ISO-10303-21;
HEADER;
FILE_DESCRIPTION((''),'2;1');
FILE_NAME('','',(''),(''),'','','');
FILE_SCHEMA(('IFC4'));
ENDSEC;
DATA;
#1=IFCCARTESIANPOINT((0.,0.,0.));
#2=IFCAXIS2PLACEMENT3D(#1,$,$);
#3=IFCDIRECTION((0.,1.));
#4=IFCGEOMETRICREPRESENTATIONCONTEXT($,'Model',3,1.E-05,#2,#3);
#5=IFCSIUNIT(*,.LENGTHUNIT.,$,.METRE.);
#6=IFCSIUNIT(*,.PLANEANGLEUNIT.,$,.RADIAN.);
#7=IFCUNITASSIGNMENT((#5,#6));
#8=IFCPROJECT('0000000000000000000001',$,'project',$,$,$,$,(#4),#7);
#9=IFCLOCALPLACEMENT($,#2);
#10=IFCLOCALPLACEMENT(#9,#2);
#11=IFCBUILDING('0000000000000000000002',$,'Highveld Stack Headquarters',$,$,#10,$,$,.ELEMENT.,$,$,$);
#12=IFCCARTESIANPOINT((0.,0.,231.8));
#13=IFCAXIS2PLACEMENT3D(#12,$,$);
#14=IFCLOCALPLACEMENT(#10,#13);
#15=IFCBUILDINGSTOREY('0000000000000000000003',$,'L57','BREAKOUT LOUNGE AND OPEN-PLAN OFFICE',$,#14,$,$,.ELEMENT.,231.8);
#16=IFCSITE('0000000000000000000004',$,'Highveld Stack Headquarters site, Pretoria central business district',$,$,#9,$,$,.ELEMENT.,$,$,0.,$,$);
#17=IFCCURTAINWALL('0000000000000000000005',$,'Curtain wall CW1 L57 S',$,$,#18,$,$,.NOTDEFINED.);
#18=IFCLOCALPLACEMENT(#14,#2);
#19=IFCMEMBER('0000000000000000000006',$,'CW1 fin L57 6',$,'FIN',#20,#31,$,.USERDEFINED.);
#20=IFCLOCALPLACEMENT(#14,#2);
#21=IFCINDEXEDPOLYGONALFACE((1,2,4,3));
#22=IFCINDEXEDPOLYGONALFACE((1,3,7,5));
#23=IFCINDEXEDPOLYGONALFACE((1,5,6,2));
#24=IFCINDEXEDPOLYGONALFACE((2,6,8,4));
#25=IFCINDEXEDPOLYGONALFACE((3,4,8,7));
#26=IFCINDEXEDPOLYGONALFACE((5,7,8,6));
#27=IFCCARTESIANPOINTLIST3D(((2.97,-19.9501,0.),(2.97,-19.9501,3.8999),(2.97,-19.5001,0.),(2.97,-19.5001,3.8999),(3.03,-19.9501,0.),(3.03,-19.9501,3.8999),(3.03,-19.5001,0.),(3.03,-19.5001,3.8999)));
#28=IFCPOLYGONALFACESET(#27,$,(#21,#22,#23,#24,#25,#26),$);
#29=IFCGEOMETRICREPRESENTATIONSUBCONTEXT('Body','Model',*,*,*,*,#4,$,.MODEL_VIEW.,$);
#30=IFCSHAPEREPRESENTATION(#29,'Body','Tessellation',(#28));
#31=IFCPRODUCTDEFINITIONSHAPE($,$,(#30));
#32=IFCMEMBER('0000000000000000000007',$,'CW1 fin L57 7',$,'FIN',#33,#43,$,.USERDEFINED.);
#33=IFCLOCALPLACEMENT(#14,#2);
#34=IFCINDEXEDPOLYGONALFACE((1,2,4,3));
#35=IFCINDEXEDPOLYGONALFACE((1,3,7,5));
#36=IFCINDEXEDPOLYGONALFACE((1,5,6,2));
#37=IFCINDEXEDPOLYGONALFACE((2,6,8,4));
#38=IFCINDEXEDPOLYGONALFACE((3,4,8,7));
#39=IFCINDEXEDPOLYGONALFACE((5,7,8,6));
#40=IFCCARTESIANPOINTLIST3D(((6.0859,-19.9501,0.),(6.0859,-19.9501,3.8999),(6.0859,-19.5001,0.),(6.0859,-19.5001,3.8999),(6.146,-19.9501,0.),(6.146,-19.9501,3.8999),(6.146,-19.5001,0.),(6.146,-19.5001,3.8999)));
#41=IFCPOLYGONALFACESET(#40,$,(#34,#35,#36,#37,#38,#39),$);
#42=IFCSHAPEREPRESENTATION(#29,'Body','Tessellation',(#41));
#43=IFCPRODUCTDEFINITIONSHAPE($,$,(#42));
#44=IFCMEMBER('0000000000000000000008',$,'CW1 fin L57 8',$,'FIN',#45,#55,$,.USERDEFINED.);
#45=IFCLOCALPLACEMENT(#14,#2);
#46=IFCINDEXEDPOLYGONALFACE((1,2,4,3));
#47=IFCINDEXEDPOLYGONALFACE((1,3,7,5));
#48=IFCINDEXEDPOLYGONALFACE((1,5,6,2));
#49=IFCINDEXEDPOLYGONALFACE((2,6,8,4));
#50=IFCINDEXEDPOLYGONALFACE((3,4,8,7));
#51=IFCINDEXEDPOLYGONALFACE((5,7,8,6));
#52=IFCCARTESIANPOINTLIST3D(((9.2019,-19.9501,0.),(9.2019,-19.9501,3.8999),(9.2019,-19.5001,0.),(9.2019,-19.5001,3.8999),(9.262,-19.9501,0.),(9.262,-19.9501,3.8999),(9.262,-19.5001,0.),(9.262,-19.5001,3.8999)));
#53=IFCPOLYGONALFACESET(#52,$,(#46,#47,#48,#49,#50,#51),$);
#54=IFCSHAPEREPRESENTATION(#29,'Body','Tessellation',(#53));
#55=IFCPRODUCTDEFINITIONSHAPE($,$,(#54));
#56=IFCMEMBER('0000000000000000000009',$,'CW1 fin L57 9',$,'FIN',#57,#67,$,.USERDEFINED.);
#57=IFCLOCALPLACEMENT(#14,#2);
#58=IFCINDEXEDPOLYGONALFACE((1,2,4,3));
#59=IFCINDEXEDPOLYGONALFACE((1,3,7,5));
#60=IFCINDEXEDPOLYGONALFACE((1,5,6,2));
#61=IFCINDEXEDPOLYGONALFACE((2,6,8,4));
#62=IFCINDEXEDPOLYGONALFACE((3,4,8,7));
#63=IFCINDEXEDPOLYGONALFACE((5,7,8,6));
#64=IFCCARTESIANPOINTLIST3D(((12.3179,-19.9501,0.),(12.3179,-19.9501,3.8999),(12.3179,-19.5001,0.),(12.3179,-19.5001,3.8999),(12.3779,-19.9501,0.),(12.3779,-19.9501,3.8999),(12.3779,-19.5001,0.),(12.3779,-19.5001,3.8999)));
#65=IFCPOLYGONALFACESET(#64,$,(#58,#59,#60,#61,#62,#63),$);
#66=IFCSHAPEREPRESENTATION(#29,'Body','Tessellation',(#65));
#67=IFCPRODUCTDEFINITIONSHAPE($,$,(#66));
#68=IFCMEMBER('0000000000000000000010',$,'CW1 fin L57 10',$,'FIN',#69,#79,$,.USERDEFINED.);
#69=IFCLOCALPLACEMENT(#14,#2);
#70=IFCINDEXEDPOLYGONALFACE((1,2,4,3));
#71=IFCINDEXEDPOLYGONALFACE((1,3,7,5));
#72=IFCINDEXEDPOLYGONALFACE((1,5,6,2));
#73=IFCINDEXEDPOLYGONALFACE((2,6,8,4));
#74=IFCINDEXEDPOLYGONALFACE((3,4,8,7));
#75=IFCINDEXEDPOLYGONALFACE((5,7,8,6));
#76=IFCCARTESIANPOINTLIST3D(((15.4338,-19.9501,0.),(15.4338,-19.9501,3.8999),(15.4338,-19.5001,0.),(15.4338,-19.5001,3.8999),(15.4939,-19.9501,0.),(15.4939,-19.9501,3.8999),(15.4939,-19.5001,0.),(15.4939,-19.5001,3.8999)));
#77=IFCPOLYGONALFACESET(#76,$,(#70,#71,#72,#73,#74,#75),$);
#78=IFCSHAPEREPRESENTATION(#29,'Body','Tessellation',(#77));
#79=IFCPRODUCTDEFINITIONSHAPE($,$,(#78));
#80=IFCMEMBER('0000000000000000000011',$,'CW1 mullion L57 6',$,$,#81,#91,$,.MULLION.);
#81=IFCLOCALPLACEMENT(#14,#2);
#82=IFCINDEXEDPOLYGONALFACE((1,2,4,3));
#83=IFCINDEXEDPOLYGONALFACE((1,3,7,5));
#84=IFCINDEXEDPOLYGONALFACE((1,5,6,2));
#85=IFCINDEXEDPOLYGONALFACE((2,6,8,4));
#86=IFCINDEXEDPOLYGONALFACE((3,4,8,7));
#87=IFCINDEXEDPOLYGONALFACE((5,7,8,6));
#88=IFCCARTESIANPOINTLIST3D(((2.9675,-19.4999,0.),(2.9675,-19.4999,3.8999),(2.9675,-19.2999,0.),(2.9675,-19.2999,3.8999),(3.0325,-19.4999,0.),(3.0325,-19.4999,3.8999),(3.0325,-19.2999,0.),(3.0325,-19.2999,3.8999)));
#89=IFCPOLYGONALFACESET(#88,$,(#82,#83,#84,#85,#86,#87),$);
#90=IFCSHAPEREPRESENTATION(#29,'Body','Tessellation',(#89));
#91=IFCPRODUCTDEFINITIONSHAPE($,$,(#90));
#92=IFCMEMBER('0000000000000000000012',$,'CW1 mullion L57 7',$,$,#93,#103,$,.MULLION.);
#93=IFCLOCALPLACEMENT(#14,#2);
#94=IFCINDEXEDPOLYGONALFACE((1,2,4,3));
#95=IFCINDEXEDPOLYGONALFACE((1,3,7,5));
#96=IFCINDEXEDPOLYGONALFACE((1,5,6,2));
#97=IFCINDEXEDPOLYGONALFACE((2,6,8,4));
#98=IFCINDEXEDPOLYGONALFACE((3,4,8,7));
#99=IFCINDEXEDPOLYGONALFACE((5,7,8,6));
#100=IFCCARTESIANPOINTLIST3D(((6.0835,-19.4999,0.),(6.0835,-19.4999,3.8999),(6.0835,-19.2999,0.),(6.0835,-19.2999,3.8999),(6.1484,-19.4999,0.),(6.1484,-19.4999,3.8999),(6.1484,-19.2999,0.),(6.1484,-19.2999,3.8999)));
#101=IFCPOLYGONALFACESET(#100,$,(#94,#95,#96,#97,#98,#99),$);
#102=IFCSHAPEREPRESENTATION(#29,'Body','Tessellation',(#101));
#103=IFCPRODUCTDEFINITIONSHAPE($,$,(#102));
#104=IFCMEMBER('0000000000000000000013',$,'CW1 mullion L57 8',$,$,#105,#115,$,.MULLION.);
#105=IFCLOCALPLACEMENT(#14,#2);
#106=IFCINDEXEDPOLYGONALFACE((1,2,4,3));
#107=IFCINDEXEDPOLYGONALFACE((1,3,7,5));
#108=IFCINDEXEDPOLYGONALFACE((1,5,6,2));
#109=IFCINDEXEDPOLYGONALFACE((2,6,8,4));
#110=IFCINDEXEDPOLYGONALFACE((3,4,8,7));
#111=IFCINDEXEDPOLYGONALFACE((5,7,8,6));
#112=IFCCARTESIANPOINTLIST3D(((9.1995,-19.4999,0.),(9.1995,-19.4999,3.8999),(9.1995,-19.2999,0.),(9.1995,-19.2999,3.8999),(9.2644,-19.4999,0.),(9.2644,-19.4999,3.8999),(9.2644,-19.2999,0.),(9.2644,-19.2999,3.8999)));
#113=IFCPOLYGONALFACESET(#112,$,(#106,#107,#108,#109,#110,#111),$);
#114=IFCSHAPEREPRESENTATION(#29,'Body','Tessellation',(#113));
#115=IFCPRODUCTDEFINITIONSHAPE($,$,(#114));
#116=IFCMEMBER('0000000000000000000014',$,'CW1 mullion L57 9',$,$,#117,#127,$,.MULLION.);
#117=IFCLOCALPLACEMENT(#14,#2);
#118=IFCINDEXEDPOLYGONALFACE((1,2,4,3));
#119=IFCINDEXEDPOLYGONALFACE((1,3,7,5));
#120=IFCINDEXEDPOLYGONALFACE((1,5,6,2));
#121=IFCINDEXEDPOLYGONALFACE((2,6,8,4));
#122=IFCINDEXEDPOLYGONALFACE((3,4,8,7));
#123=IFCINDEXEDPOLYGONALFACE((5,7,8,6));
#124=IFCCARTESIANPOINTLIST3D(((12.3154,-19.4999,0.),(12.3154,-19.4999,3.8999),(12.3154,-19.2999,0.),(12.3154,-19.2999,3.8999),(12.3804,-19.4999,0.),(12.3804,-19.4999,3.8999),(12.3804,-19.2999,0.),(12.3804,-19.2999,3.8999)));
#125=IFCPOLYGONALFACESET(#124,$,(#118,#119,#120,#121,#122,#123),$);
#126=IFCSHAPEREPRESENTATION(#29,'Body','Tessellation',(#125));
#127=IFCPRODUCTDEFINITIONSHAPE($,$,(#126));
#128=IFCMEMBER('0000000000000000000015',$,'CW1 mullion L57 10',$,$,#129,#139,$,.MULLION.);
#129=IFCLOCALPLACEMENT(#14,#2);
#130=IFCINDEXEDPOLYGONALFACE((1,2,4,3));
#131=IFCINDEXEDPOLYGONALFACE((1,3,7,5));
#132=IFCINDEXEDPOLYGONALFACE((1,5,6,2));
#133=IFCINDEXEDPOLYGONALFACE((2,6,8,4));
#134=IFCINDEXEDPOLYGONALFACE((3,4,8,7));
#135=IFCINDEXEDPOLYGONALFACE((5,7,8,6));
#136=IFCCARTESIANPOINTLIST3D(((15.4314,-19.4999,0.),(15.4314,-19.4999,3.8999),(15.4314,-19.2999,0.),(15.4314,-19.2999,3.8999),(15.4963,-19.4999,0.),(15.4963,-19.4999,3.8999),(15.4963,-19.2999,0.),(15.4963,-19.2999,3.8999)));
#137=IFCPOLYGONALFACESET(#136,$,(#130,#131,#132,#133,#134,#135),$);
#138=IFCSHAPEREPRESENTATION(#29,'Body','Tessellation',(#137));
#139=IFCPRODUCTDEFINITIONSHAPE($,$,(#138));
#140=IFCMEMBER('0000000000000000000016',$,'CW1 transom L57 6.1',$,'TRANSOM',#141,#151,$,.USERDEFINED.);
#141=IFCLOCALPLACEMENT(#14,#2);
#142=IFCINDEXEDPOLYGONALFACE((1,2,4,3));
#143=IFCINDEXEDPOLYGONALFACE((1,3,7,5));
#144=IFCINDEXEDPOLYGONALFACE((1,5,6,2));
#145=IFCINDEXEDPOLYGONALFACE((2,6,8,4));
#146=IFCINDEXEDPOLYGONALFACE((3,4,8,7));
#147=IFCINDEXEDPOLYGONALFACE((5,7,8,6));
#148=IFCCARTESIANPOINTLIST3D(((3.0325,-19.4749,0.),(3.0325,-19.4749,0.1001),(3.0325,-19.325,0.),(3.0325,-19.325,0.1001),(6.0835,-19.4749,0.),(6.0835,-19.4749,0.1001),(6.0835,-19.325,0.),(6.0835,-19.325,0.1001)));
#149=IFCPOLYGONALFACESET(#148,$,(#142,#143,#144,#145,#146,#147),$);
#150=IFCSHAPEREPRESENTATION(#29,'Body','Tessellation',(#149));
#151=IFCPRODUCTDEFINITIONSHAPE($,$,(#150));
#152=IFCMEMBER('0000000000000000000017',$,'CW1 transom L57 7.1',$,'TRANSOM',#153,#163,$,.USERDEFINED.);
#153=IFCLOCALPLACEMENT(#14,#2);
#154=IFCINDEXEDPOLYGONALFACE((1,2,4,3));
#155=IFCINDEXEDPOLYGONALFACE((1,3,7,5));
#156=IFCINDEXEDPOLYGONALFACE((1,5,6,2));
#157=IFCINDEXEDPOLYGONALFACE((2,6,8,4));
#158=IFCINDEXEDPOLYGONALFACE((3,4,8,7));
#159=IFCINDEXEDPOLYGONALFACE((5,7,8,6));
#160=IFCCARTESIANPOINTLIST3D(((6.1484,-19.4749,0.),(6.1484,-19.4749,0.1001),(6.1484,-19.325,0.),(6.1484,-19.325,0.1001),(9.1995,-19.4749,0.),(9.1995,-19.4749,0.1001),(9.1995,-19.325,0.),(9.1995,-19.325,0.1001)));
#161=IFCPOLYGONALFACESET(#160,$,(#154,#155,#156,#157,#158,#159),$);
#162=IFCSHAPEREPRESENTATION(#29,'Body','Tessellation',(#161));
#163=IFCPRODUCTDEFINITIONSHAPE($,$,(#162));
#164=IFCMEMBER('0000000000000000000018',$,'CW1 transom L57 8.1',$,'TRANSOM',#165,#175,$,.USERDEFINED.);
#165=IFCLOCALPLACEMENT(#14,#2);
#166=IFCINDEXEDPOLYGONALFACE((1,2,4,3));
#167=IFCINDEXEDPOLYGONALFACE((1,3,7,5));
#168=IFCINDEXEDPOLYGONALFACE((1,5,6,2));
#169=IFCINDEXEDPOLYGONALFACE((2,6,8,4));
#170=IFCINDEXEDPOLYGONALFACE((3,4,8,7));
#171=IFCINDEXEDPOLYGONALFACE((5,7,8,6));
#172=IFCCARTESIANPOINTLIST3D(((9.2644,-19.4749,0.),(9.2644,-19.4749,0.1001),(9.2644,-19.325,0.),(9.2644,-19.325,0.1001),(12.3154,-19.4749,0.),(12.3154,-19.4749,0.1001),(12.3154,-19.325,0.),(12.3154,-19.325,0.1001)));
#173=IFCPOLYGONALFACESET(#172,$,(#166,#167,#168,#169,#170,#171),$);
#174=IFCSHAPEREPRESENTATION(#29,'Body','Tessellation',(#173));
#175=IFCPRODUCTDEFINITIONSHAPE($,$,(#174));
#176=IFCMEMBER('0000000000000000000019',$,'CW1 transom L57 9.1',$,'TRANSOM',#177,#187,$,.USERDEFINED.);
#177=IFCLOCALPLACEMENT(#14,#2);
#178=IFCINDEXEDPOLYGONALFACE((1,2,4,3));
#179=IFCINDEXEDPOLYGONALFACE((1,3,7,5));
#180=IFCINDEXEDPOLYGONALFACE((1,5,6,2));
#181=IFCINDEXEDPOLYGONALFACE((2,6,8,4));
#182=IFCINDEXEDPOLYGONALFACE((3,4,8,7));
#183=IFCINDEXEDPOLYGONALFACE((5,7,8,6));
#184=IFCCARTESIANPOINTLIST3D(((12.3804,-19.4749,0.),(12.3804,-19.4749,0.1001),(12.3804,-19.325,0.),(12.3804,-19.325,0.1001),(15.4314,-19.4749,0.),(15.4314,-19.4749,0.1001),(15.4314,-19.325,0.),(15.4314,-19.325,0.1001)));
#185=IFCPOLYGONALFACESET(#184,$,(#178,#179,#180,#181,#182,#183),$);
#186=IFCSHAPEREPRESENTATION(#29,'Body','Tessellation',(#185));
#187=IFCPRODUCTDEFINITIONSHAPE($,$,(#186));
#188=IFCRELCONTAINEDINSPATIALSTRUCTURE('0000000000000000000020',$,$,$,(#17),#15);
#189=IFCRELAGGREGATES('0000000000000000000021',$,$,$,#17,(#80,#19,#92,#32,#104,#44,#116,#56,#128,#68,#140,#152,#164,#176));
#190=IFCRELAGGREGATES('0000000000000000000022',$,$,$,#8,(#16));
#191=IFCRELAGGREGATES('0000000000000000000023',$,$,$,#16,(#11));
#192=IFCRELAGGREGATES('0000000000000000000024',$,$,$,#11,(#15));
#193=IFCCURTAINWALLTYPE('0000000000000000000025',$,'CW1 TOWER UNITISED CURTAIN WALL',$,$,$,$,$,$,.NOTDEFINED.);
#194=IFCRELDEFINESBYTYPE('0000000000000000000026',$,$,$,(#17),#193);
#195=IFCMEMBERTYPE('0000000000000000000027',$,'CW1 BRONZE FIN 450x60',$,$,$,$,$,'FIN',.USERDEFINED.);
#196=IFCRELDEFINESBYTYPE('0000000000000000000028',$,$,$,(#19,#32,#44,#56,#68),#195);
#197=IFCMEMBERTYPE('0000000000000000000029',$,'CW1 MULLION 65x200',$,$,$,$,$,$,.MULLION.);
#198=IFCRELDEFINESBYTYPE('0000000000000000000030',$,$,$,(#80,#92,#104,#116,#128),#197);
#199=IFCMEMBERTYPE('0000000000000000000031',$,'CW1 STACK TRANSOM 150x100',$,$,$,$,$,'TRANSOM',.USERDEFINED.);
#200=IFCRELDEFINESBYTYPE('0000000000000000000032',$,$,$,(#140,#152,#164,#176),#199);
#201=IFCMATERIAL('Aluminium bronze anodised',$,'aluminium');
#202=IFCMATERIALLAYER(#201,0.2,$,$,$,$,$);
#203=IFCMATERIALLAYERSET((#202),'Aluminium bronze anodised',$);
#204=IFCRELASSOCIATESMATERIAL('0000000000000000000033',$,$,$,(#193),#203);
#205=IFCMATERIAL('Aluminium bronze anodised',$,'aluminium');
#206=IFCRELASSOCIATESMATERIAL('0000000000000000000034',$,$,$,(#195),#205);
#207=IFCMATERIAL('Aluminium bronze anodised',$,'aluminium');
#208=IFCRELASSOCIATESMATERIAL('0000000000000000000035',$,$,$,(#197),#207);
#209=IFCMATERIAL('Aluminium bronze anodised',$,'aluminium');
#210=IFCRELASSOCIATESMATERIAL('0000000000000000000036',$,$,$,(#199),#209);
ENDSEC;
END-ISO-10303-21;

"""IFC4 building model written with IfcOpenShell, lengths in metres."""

from ifc_helpers import new_model, si_unit, direction, frame, origin, origin_2d, place, context, subcontext, project, spatial, rectangle, extrude, material, layer, layer_set, material_profile, profile_set, type_object, element, aggregate, save


model = new_model("IFC4")

# Units and contexts
model_context = context("Model", 3, precision=1e-05, world=origin(), true_north=direction((0.0, 1.0)))
body_context = subcontext(model_context, "Body", "Model", "MODEL_VIEW")
ifc_project = project(units=[si_unit("LENGTHUNIT", "METRE"), si_unit("PLANEANGLEUNIT", "RADIAN")], contexts=[model_context])

# Site, building, storey
site_placement = place(None, origin())
site = spatial("IfcSite", under=ifc_project, at=site_placement, Name="Highveld Stack Headquarters site, Pretoria central business district", CompositionType="ELEMENT", RefElevation=0.0)
building_placement = place(site_placement, origin())
building = spatial("IfcBuilding", under=site, at=building_placement, Name="Highveld Stack Headquarters", CompositionType="ELEMENT")
storey_placement = place(building_placement, frame((0.0, 0.0, 231.8)))
storey = spatial("IfcBuildingStorey", under=building, at=storey_placement, Name="L57", Description="BREAKOUT LOUNGE AND OPEN-PLAN OFFICE", CompositionType="ELEMENT", Elevation=231.8)

# Curtain wall, members
ifc_material_1 = material(Name="Aluminium bronze anodised", Category="aluminium")
ifc_layer_1 = layer(ifc_material_1, 0.2)
ifc_layer_set_1 = layer_set([ifc_layer_1], Name="Aluminium bronze anodised")
curtain_wall_type = type_object("IfcCurtainWallType", Name="CW1 TOWER UNITISED CURTAIN WALL", PredefinedType="NOTDEFINED", material=ifc_layer_set_1)
curtain_wall_placement = place(storey_placement, origin())
curtain_wall = element("IfcCurtainWall", 1, at=curtain_wall_placement, inside=storey, type_object=curtain_wall_type, Name="Curtain wall CW1 L57 S", PredefinedType="NOTDEFINED")
ifc_material_2 = material(Name="Aluminium bronze anodised", Category="aluminium")
ifc_material_profile_1 = material_profile(ifc_material_2, rectangle(XDim=0.45, YDim=0.0601, at=origin_2d()), Name="FIN 450x60")
ifc_profile_set_1 = profile_set([ifc_material_profile_1], Name="Aluminium bronze anodised")
member_type_1 = type_object("IfcMemberType", Name="CW1 BRONZE FIN 450x60", ElementType="FIN", PredefinedType="USERDEFINED", material=ifc_profile_set_1)
member_1_placement = place(storey_placement, frame((3.0, -19.7251, 0.0), z_axis=(0.0, 0.0, 1.0), x_axis=(0.0, 1.0, 0.0)))
member_1 = element("IfcMember", 2, at=member_1_placement, type_object=member_type_1, Name="CW1 fin L57 6", ObjectType="FIN", PredefinedType="USERDEFINED", context=body_context, shape_type="SweptSolid", body=[
    extrude(rectangle(XDim=0.45, YDim=0.0601, at=origin_2d()), origin(), (0.0, 0.0, 1.0), 3.8999),
])
member_2_placement = place(storey_placement, frame((6.116, -19.7251, 0.0), z_axis=(0.0, 0.0, 1.0), x_axis=(0.0, 1.0, 0.0)))
member_2 = element("IfcMember", 3, at=member_2_placement, type_object=member_type_1, Name="CW1 fin L57 7", ObjectType="FIN", PredefinedType="USERDEFINED", context=body_context, shape_type="SweptSolid", body=[
    extrude(rectangle(XDim=0.45, YDim=0.0601, at=origin_2d()), origin(), (0.0, 0.0, 1.0), 3.8999),
])
member_3_placement = place(storey_placement, frame((9.2319, -19.7251, 0.0), z_axis=(0.0, 0.0, 1.0), x_axis=(0.0, 1.0, 0.0)))
member_3 = element("IfcMember", 4, at=member_3_placement, type_object=member_type_1, Name="CW1 fin L57 8", ObjectType="FIN", PredefinedType="USERDEFINED", context=body_context, shape_type="SweptSolid", body=[
    extrude(rectangle(XDim=0.45, YDim=0.0601, at=origin_2d()), origin(), (0.0, 0.0, 1.0), 3.8999),
])
member_4_placement = place(storey_placement, frame((12.3479, -19.7251, 0.0), z_axis=(0.0, 0.0, 1.0), x_axis=(0.0, 1.0, 0.0)))
member_4 = element("IfcMember", 5, at=member_4_placement, type_object=member_type_1, Name="CW1 fin L57 9", ObjectType="FIN", PredefinedType="USERDEFINED", context=body_context, shape_type="SweptSolid", body=[
    extrude(rectangle(XDim=0.45, YDim=0.0601, at=origin_2d()), origin(), (0.0, 0.0, 1.0), 3.8999),
])
member_5_placement = place(storey_placement, frame((15.4639, -19.7251, 0.0), z_axis=(0.0, 0.0, 1.0), x_axis=(0.0, 1.0, 0.0)))
member_5 = element("IfcMember", 6, at=member_5_placement, type_object=member_type_1, Name="CW1 fin L57 10", ObjectType="FIN", PredefinedType="USERDEFINED", context=body_context, shape_type="SweptSolid", body=[
    extrude(rectangle(XDim=0.45, YDim=0.0601, at=origin_2d()), origin(), (0.0, 0.0, 1.0), 3.8999),
])
ifc_material_3 = material(Name="Aluminium bronze anodised", Category="aluminium")
ifc_material_profile_2 = material_profile(ifc_material_3, rectangle(XDim=0.2, YDim=0.0649, at=origin_2d()), Name="CW1 MULLION 65x200")
ifc_profile_set_2 = profile_set([ifc_material_profile_2], Name="Aluminium bronze anodised")
member_type_2 = type_object("IfcMemberType", Name="CW1 MULLION 65x200", PredefinedType="MULLION", material=ifc_profile_set_2)
member_6_placement = place(storey_placement, frame((3.0, -19.3999, 0.0), z_axis=(0.0, 0.0, 1.0), x_axis=(0.0, 1.0, 0.0)))
member_6 = element("IfcMember", 7, at=member_6_placement, type_object=member_type_2, Name="CW1 mullion L57 6", PredefinedType="MULLION", context=body_context, shape_type="SweptSolid", body=[
    extrude(rectangle(XDim=0.2, YDim=0.0649, at=origin_2d()), origin(), (0.0, 0.0, 1.0), 3.8999),
])
member_7_placement = place(storey_placement, frame((6.116, -19.3999, 0.0), z_axis=(0.0, 0.0, 1.0), x_axis=(0.0, 1.0, 0.0)))
member_7 = element("IfcMember", 8, at=member_7_placement, type_object=member_type_2, Name="CW1 mullion L57 7", PredefinedType="MULLION", context=body_context, shape_type="SweptSolid", body=[
    extrude(rectangle(XDim=0.2, YDim=0.0649, at=origin_2d()), origin(), (0.0, 0.0, 1.0), 3.8999),
])
member_8_placement = place(storey_placement, frame((9.2319, -19.3999, 0.0), z_axis=(0.0, 0.0, 1.0), x_axis=(0.0, 1.0, 0.0)))
member_8 = element("IfcMember", 9, at=member_8_placement, type_object=member_type_2, Name="CW1 mullion L57 8", PredefinedType="MULLION", context=body_context, shape_type="SweptSolid", body=[
    extrude(rectangle(XDim=0.2, YDim=0.0649, at=origin_2d()), origin(), (0.0, 0.0, 1.0), 3.8999),
])
member_9_placement = place(storey_placement, frame((12.3479, -19.3999, 0.0), z_axis=(0.0, 0.0, 1.0), x_axis=(0.0, 1.0, 0.0)))
member_9 = element("IfcMember", 10, at=member_9_placement, type_object=member_type_2, Name="CW1 mullion L57 9", PredefinedType="MULLION", context=body_context, shape_type="SweptSolid", body=[
    extrude(rectangle(XDim=0.2, YDim=0.0649, at=origin_2d()), origin(), (0.0, 0.0, 1.0), 3.8999),
])
member_10_placement = place(storey_placement, frame((15.4639, -19.3999, 0.0), z_axis=(0.0, 0.0, 1.0), x_axis=(0.0, 1.0, 0.0)))
member_10 = element("IfcMember", 11, at=member_10_placement, type_object=member_type_2, Name="CW1 mullion L57 10", PredefinedType="MULLION", context=body_context, shape_type="SweptSolid", body=[
    extrude(rectangle(XDim=0.2, YDim=0.0649, at=origin_2d()), origin(), (0.0, 0.0, 1.0), 3.8999),
])
ifc_material_4 = material(Name="Aluminium bronze anodised", Category="aluminium")
ifc_material_profile_3 = material_profile(ifc_material_4, rectangle(XDim=0.1499, YDim=0.1001, at=origin_2d()), Name="CW1 TRANSOM 150x100")
ifc_profile_set_3 = profile_set([ifc_material_profile_3], Name="Aluminium bronze anodised")
member_type_3 = type_object("IfcMemberType", Name="CW1 STACK TRANSOM 150x100", ElementType="TRANSOM", PredefinedType="USERDEFINED", material=ifc_profile_set_3)
member_11_placement = place(storey_placement, frame((3.0325, -19.3999, 0.05), z_axis=(1.0, 0.0, 0.0), x_axis=(0.0, 1.0, 0.0)))
member_11 = element("IfcMember", 12, at=member_11_placement, type_object=member_type_3, Name="CW1 transom L57 6.1", ObjectType="TRANSOM", PredefinedType="USERDEFINED", context=body_context, shape_type="SweptSolid", body=[
    extrude(rectangle(XDim=0.1499, YDim=0.1001, at=origin_2d()), origin(), (0.0, 0.0, 1.0), 3.051),
])
member_12_placement = place(storey_placement, frame((6.1484, -19.3999, 0.05), z_axis=(1.0, 0.0, 0.0), x_axis=(0.0, 1.0, 0.0)))
member_12 = element("IfcMember", 13, at=member_12_placement, type_object=member_type_3, Name="CW1 transom L57 7.1", ObjectType="TRANSOM", PredefinedType="USERDEFINED", context=body_context, shape_type="SweptSolid", body=[
    extrude(rectangle(XDim=0.1499, YDim=0.1001, at=origin_2d()), origin(), (0.0, 0.0, 1.0), 3.051),
])
member_13_placement = place(storey_placement, frame((9.2644, -19.3999, 0.05), z_axis=(1.0, 0.0, 0.0), x_axis=(0.0, 1.0, 0.0)))
member_13 = element("IfcMember", 14, at=member_13_placement, type_object=member_type_3, Name="CW1 transom L57 8.1", ObjectType="TRANSOM", PredefinedType="USERDEFINED", context=body_context, shape_type="SweptSolid", body=[
    extrude(rectangle(XDim=0.1499, YDim=0.1001, at=origin_2d()), origin(), (0.0, 0.0, 1.0), 3.051),
])
member_14_placement = place(storey_placement, frame((12.3804, -19.3999, 0.05), z_axis=(1.0, 0.0, 0.0), x_axis=(0.0, 1.0, 0.0)))
member_14 = element("IfcMember", 15, at=member_14_placement, type_object=member_type_3, Name="CW1 transom L57 9.1", ObjectType="TRANSOM", PredefinedType="USERDEFINED", context=body_context, shape_type="SweptSolid", body=[
    extrude(rectangle(XDim=0.1499, YDim=0.1001, at=origin_2d()), origin(), (0.0, 0.0, 1.0), 3.051),
])
aggregate(curtain_wall, [member_6, member_1, member_7, member_2, member_8, member_3, member_9, member_4, member_10, member_5, member_11, member_12, member_13, member_14])

save(model, "model.ifc")
